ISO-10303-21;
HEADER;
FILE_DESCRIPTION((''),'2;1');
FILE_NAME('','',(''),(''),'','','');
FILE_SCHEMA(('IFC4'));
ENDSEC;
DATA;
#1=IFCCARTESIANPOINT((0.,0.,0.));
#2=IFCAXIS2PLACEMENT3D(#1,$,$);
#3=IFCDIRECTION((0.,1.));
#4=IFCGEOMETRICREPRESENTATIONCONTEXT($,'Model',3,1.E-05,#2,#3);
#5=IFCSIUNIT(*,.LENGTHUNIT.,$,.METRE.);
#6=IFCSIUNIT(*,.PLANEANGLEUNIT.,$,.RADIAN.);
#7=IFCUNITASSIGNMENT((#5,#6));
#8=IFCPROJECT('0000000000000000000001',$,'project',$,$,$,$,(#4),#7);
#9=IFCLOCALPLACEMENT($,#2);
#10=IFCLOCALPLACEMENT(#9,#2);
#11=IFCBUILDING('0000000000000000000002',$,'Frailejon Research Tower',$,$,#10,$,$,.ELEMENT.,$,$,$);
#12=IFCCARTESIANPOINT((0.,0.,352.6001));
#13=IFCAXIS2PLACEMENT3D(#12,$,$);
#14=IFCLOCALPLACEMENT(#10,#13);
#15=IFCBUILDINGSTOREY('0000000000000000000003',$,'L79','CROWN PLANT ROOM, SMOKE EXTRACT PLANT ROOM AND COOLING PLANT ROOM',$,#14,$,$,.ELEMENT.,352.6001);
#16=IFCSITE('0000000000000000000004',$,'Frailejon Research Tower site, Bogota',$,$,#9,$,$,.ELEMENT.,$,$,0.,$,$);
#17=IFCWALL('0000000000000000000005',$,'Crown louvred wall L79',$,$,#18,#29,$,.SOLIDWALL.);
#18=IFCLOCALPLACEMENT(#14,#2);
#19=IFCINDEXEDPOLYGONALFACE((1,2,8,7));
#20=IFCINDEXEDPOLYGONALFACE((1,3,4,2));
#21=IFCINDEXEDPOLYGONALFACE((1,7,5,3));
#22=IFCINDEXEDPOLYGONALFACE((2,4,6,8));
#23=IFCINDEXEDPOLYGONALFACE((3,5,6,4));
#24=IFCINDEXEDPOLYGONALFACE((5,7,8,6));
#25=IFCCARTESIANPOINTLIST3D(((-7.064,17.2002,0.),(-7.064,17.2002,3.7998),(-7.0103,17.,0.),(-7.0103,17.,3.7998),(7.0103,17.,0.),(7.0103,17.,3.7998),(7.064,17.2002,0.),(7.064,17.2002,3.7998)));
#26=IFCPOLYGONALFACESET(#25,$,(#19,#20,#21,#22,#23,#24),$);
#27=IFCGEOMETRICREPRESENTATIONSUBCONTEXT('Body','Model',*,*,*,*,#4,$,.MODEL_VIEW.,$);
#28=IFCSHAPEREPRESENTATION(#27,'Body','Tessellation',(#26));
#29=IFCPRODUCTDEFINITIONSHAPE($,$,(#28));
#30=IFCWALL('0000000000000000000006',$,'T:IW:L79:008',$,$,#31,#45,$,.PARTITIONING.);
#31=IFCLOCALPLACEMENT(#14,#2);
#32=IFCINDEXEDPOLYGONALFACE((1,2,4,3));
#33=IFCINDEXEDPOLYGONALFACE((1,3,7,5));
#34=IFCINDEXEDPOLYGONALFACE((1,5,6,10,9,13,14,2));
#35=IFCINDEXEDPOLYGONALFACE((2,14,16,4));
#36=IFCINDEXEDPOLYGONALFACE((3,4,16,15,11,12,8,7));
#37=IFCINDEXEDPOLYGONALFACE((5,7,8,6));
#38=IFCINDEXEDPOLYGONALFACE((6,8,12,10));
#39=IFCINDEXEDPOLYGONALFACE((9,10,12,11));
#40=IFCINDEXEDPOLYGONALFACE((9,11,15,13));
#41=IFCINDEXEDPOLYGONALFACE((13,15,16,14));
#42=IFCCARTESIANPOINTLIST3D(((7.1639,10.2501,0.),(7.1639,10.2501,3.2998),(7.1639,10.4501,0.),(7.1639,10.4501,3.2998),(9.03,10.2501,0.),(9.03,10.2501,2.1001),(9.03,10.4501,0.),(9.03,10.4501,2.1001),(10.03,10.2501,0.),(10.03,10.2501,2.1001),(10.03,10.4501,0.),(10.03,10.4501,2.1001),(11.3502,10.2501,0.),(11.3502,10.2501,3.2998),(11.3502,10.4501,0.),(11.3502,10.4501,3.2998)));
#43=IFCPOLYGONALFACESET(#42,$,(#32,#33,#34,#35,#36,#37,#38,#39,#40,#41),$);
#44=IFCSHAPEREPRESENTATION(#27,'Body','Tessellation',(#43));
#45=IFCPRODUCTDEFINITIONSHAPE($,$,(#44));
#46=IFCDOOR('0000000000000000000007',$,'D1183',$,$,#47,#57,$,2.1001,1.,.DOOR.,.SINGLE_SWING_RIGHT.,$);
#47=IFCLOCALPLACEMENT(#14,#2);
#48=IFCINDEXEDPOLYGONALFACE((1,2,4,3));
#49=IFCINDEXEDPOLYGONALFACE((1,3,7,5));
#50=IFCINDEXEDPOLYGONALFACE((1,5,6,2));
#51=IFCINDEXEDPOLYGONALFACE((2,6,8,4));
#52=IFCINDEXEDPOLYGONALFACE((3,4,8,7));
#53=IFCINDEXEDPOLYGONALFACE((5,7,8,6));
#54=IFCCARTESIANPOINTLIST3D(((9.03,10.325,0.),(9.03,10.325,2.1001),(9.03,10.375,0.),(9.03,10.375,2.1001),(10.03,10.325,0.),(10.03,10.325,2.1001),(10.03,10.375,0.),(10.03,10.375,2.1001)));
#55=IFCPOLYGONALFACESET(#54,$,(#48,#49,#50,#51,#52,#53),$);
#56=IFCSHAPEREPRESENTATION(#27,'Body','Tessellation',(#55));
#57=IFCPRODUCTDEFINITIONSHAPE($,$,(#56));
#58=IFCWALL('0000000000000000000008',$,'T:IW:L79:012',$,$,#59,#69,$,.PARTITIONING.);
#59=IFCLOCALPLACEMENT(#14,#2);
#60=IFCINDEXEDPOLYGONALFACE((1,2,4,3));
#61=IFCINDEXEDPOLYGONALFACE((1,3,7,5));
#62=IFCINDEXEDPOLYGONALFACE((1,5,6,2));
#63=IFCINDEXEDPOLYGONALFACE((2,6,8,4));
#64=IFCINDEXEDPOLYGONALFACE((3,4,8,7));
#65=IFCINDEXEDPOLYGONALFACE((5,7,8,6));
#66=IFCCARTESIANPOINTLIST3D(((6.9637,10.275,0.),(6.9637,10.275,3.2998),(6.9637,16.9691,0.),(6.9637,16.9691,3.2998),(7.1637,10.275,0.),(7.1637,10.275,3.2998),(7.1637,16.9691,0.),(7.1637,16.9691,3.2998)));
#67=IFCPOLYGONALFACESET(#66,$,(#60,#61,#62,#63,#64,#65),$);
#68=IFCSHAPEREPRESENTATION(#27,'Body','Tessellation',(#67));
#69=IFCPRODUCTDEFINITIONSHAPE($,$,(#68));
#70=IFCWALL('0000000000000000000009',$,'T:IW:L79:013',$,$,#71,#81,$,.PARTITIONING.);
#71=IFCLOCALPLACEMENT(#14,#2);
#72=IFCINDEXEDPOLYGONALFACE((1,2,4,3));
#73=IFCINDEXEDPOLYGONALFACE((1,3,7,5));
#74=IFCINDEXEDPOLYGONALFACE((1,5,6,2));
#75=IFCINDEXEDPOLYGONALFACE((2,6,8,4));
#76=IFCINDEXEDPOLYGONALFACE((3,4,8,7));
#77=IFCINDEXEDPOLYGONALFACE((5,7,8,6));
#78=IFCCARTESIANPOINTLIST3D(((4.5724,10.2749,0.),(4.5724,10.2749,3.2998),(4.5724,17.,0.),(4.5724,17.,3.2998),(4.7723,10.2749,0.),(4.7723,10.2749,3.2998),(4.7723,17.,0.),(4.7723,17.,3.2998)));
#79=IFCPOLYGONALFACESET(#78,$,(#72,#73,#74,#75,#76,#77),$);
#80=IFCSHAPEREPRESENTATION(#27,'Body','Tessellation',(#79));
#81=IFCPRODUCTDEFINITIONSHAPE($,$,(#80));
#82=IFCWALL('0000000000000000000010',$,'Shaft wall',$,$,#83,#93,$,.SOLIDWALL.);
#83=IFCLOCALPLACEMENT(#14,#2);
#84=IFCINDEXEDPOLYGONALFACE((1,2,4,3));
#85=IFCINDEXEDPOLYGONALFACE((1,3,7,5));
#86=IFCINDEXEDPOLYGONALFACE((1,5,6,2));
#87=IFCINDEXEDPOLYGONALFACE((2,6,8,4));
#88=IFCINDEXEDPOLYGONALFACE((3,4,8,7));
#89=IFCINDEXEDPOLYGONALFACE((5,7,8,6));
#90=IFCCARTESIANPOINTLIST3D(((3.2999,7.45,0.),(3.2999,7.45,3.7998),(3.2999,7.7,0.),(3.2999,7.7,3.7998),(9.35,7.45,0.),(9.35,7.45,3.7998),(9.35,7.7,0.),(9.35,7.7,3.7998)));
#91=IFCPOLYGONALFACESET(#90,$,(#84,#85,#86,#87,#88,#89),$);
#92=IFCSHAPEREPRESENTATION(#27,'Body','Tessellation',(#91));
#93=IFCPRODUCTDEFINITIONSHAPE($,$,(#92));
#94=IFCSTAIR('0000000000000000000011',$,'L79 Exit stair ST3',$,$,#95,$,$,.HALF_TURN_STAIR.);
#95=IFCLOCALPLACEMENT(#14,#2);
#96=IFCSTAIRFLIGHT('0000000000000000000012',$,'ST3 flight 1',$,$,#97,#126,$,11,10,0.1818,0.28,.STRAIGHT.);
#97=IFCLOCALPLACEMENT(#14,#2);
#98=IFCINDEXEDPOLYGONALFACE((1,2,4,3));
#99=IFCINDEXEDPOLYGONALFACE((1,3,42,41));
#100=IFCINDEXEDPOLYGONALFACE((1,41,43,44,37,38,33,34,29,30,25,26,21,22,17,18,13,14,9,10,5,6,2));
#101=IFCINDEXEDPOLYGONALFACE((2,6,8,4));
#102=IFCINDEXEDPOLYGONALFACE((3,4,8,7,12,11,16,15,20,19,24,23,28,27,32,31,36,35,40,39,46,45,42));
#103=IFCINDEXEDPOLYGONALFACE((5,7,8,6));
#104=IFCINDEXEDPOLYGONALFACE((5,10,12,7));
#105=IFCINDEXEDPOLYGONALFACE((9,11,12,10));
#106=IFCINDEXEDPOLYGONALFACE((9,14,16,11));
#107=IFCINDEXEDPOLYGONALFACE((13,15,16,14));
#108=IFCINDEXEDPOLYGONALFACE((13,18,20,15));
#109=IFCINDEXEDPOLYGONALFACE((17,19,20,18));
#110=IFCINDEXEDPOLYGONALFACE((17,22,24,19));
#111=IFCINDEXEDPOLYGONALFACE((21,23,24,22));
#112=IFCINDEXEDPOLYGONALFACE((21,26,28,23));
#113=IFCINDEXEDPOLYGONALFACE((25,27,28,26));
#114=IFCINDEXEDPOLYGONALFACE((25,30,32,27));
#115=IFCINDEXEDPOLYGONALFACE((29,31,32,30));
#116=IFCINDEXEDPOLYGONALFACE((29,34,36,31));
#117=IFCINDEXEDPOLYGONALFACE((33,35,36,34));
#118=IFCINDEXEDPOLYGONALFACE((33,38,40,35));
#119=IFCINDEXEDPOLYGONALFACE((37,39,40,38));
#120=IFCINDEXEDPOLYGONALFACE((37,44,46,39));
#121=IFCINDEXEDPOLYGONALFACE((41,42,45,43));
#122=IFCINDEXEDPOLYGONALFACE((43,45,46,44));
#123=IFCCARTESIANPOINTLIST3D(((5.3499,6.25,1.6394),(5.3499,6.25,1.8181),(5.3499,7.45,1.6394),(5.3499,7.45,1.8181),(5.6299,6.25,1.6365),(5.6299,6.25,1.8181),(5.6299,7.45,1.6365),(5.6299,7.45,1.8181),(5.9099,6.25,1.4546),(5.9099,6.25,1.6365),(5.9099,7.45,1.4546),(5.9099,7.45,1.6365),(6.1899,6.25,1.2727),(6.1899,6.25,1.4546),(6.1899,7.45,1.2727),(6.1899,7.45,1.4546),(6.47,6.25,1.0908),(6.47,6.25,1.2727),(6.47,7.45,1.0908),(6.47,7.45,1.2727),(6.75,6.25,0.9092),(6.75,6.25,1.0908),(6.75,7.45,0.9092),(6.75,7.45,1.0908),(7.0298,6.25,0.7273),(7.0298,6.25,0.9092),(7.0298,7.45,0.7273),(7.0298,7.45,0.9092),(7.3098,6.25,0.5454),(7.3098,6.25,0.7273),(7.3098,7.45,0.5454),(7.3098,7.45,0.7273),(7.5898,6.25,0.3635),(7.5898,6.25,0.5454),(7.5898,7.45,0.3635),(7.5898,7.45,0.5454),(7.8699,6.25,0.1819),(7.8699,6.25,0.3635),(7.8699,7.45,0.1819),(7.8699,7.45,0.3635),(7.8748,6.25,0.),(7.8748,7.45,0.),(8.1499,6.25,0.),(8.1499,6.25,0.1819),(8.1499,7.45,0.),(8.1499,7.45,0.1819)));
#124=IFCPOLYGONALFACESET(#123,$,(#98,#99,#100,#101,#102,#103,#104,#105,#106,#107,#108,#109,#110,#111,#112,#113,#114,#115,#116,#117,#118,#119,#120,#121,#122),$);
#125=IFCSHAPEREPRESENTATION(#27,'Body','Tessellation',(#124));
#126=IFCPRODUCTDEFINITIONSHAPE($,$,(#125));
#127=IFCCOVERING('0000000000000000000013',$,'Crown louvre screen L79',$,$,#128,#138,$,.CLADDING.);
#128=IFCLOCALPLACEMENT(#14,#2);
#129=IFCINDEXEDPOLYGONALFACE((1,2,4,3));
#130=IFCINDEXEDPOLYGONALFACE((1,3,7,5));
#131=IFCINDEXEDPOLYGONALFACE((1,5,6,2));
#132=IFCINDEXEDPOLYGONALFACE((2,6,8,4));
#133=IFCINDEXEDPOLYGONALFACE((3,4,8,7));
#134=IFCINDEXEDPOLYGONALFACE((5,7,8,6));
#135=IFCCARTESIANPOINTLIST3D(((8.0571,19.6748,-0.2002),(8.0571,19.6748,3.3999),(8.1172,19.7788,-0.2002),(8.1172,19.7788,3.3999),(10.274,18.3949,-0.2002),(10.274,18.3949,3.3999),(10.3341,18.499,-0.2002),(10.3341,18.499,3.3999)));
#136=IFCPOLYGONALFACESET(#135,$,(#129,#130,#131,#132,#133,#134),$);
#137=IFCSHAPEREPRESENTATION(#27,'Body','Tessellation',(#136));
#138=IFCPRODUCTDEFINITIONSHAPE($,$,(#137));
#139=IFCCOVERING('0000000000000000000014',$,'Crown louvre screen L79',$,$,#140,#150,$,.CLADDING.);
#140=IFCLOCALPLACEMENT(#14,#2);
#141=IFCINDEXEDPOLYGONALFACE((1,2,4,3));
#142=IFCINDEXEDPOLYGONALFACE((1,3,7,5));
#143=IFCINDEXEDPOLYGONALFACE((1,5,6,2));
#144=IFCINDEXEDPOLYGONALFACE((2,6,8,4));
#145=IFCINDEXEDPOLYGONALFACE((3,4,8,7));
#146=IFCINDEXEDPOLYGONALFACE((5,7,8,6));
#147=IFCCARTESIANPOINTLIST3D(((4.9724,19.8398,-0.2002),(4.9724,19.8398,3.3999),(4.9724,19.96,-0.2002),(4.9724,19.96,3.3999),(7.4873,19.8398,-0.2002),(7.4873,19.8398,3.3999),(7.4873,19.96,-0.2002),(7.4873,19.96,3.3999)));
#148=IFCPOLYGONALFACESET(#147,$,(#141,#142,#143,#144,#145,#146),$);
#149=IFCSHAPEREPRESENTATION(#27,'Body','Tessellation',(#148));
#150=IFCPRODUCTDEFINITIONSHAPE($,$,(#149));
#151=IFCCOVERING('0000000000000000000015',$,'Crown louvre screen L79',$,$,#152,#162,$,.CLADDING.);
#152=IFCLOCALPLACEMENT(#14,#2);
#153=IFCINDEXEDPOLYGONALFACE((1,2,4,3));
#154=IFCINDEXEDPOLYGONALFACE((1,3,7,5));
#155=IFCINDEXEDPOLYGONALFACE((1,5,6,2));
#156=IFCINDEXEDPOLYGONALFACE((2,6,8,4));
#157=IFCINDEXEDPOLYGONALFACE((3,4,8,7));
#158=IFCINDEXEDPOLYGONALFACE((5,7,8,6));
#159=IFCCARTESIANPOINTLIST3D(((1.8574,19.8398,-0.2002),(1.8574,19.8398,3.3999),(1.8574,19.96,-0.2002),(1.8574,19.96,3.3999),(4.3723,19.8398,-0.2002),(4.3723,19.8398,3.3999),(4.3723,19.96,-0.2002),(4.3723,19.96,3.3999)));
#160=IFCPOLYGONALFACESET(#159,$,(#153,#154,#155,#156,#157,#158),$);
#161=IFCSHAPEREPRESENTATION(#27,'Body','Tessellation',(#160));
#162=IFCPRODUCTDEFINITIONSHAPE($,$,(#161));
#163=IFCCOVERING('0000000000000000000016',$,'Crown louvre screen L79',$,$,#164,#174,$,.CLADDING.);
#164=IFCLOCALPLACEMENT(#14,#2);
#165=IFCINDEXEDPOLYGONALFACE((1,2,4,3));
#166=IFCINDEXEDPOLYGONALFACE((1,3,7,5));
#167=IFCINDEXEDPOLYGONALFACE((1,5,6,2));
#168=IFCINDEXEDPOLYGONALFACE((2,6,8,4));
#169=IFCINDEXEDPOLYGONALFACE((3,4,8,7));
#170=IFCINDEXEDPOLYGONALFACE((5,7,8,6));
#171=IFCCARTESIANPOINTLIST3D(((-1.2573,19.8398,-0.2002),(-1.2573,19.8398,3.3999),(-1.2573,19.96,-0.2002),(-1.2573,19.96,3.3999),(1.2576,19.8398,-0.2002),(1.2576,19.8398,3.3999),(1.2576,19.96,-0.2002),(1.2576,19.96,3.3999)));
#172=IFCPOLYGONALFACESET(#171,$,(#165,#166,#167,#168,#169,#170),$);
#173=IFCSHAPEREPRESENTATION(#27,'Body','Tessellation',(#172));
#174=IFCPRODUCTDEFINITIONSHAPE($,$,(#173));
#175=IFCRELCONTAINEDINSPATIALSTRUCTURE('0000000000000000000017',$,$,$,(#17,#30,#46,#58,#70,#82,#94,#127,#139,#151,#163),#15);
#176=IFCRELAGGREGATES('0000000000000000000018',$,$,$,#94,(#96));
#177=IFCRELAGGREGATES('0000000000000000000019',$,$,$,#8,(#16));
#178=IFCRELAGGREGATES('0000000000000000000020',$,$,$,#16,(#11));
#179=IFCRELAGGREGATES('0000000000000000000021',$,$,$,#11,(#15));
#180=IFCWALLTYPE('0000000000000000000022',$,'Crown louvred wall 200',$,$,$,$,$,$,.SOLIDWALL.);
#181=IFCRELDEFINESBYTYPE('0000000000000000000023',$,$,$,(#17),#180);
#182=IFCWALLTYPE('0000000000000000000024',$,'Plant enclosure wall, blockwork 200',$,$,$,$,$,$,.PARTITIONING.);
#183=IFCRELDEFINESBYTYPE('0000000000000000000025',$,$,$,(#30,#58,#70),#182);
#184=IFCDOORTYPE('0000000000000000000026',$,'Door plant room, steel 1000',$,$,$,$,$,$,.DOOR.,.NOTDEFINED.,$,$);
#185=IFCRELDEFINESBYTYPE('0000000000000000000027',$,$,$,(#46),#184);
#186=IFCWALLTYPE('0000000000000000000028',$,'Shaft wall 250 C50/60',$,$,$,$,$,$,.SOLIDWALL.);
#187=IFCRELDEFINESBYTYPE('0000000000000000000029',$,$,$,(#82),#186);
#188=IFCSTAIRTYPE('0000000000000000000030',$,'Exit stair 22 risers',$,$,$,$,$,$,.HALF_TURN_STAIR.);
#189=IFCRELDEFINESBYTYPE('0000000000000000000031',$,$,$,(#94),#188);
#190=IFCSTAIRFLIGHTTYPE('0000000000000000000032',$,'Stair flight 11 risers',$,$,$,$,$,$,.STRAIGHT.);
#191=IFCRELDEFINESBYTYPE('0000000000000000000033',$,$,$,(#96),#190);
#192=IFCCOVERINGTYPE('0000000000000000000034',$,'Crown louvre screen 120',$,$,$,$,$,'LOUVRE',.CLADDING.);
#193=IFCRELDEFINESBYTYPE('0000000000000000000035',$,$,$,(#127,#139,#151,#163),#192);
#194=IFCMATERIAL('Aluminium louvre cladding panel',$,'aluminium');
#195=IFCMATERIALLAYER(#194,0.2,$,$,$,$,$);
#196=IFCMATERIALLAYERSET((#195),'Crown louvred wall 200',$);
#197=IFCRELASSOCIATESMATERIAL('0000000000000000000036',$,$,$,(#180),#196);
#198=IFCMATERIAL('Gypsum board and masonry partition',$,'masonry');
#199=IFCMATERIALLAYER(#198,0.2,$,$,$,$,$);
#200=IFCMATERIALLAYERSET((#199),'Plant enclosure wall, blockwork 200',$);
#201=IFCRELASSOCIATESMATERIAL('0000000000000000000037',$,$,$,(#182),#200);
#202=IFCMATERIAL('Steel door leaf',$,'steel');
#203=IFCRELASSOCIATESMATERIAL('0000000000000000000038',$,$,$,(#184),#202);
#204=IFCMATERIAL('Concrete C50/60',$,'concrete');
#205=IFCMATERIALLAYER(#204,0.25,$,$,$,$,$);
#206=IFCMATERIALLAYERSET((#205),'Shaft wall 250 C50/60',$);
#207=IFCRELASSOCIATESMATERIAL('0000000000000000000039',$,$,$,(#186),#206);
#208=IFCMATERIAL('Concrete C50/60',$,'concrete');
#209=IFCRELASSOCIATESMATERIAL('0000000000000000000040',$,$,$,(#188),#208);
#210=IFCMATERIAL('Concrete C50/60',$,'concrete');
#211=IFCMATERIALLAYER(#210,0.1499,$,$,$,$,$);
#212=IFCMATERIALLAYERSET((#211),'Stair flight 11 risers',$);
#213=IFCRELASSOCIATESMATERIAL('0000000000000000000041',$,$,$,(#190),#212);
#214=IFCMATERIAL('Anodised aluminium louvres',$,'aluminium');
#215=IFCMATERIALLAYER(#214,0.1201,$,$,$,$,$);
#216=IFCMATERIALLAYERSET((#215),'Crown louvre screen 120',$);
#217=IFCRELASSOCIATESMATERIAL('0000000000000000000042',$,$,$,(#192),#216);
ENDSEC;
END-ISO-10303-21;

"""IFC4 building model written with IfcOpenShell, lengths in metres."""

from ifc_helpers import new_model, si_unit, direction, frame, frame_2d, origin, place, context, subcontext, project, spatial, polyline, rectangle, outline, extrude, material, layer, layer_set, type_object, element, fill, aggregate, save


model = new_model("IFC4")

# Units and contexts
model_context = context("Model", 3, precision=1e-05, world=origin(), true_north=direction((0.0, 1.0)))
body_context = subcontext(model_context, "Body", "Model", "MODEL_VIEW")
ifc_project = project(units=[si_unit("LENGTHUNIT", "METRE"), si_unit("PLANEANGLEUNIT", "RADIAN")], contexts=[model_context])

# Site, building, storey
site_placement = place(None, origin())
site = spatial("IfcSite", under=ifc_project, at=site_placement, Name="Frailejon Research Tower site, Bogota", CompositionType="ELEMENT", RefElevation=0.0)
building_placement = place(site_placement, origin())
building = spatial("IfcBuilding", under=site, at=building_placement, Name="Frailejon Research Tower", CompositionType="ELEMENT")
storey_placement = place(building_placement, frame((0.0, 0.0, 352.6001)))
storey = spatial("IfcBuildingStorey", under=building, at=storey_placement, Name="L79", Description="CROWN PLANT ROOM, SMOKE EXTRACT PLANT ROOM AND COOLING PLANT ROOM", CompositionType="ELEMENT", Elevation=352.6001)

# Wall
ifc_material_1 = material(Name="Aluminium louvre cladding panel", Category="aluminium")
ifc_layer_1 = layer(ifc_material_1, 0.2)
ifc_layer_set_1 = layer_set([ifc_layer_1], Name="Crown louvred wall 200")
wall_type_1 = type_object("IfcWallType", Name="Crown louvred wall 200", PredefinedType="SOLIDWALL", material=ifc_layer_set_1)
wall_1_placement = place(storey_placement, frame((7.0371, 17.1001, 0.0), z_axis=(0.0, 0.0, 1.0), x_axis=(-1.0, 0.0, 0.0)))
element("IfcWall", 1, at=wall_1_placement, inside=storey, type_object=wall_type_1, Name="Crown louvred wall L79", PredefinedType="SOLIDWALL", context=body_context, shape_type="SweptSolid", body=[
    extrude(outline(polyline([(-0.0269, -0.1001), (14.1011, -0.1001), (14.0474, 0.1001), (0.0269, 0.1001), (-0.0269, -0.1001)])), origin(), (0.0, 0.0, 1.0), 3.7998),
])

# Wall, opening, door
ifc_material_2 = material(Name="Gypsum board and masonry partition", Category="masonry")
ifc_layer_2 = layer(ifc_material_2, 0.2)
ifc_layer_set_2 = layer_set([ifc_layer_2], Name="Plant enclosure wall, blockwork 200")
wall_type_2 = type_object("IfcWallType", Name="Plant enclosure wall, blockwork 200", PredefinedType="PARTITIONING", material=ifc_layer_set_2)
wall_2_placement = place(storey_placement, frame((7.1638, 10.3501, 0.0), z_axis=(0.0, 0.0, 1.0), x_axis=(1.0, 0.0, 0.0)))
wall_2 = element("IfcWall", 2, at=wall_2_placement, inside=storey, type_object=wall_type_2, Name="T:IW:L79:008", PredefinedType="PARTITIONING", context=body_context, shape_type="SweptSolid", body=[
    extrude(rectangle(XDim=4.1863, YDim=0.2, at=frame_2d((2.0933, 0.0))), origin(), (0.0, 0.0, 1.0), 3.2998),
])
opening_1_placement = place(wall_2_placement, frame((1.8662, 0.0, 0.0)))
opening_1 = element("IfcOpeningElement", 3, at=opening_1_placement, cuts=wall_2, PredefinedType="OPENING", context=body_context, shape_type="SweptSolid", body=[
    extrude(rectangle(XDim=1.0, YDim=2.1001, at=frame_2d((0.5, 1.05))), frame((0.0, 0.1099, 0.0), z_axis=(0.0, -1.0, 0.0), x_axis=(1.0, 0.0, 0.0)), (0.0, 0.0, 1.0), 0.22),
])
ifc_material_3 = material(Name="Steel door leaf", Category="steel")
door_type_1 = type_object("IfcDoorType", Name="Door plant room, steel 1000", OperationType="NOTDEFINED", PredefinedType="DOOR", material=ifc_material_3)
door_1_placement = place(opening_1_placement, origin())
door_1 = element("IfcDoor", 4, at=door_1_placement, inside=storey, type_object=door_type_1, Name="D1183", OperationType="SINGLE_SWING_RIGHT", OverallHeight=2.1001, OverallWidth=1.0, PredefinedType="DOOR", context=body_context, shape_type="SweptSolid", body=[
    extrude(rectangle(XDim=1.0, YDim=2.1001, at=frame_2d((0.5, 1.05))), frame((0.0, 0.0249, 0.0), z_axis=(0.0, -1.0, 0.0), x_axis=(1.0, 0.0, 0.0)), (0.0, 0.0, 1.0), 0.05),
])
fill(opening_1, door_1)

# Walls
wall_3_placement = place(storey_placement, frame((7.0637, 10.2749, 0.0), z_axis=(0.0, 0.0, 1.0), x_axis=(0.0, 1.0, 0.0)))
element("IfcWall", 5, at=wall_3_placement, inside=storey, type_object=wall_type_2, Name="T:IW:L79:012", PredefinedType="PARTITIONING", context=body_context, shape_type="SweptSolid", body=[
    extrude(rectangle(XDim=6.6941, YDim=0.2, at=frame_2d((3.3472, 0.0))), origin(), (0.0, 0.0, 1.0), 3.2998),
])
wall_4_placement = place(storey_placement, frame((4.6724, 10.2749, 0.0), z_axis=(0.0, 0.0, 1.0), x_axis=(0.0, 1.0, 0.0)))
element("IfcWall", 6, at=wall_4_placement, inside=storey, type_object=wall_type_2, Name="T:IW:L79:013", PredefinedType="PARTITIONING", context=body_context, shape_type="SweptSolid", body=[
    extrude(rectangle(XDim=6.7251, YDim=0.2, at=frame_2d((3.3625, 0.0))), origin(), (0.0, 0.0, 1.0), 3.2998),
])
ifc_material_4 = material(Name="Concrete C50/60", Category="concrete")
ifc_layer_3 = layer(ifc_material_4, 0.25)
ifc_layer_set_3 = layer_set([ifc_layer_3], Name="Shaft wall 250 C50/60")
wall_type_3 = type_object("IfcWallType", Name="Shaft wall 250 C50/60", PredefinedType="SOLIDWALL", material=ifc_layer_set_3)
wall_5_placement = place(storey_placement, frame((3.3, 7.575, 0.0), z_axis=(0.0, 0.0, 1.0), x_axis=(1.0, 0.0, 0.0)))
element("IfcWall", 7, at=wall_5_placement, inside=storey, type_object=wall_type_3, Name="Shaft wall", PredefinedType="SOLIDWALL", context=body_context, shape_type="SweptSolid", body=[
    extrude(rectangle(XDim=6.05, YDim=0.25, at=frame_2d((3.0249, 0.0))), origin(), (0.0, 0.0, 1.0), 3.7998),
])

# Stair, stair flight
ifc_material_5 = material(Name="Concrete C50/60", Category="concrete")
stair_type = type_object("IfcStairType", Name="Exit stair 22 risers", PredefinedType="HALF_TURN_STAIR", material=ifc_material_5)
stair_placement = place(storey_placement, origin())
stair = element("IfcStair", 8, at=stair_placement, inside=storey, type_object=stair_type, Name="L79 Exit stair ST3", PredefinedType="HALF_TURN_STAIR")
ifc_material_6 = material(Name="Concrete C50/60", Category="concrete")
ifc_layer_4 = layer(ifc_material_6, 0.1499)
ifc_layer_set_4 = layer_set([ifc_layer_4], Name="Stair flight 11 risers")
stair_flight_type = type_object("IfcStairFlightType", Name="Stair flight 11 risers", PredefinedType="STRAIGHT", material=ifc_layer_set_4)
stair_flight_placement = place(storey_placement, frame((8.1499, 6.8501, 0.0), z_axis=(0.0, 0.0, 1.0), x_axis=(-1.0, 0.0, 0.0)))
stair_flight = element("IfcStairFlight", 9, at=stair_flight_placement, type_object=stair_flight_type, Name="ST3 flight 1", NumberOfRisers=11, NumberOfTreads=10, PredefinedType="STRAIGHT", RiserHeight=0.1818, TreadLength=0.28, context=body_context, shape_type="SweptSolid", body=[
    extrude(outline(polyline([(0.0, 0.0), (0.0, 0.1819), (0.28, 0.1819), (0.28, 0.3635), (0.5601, 0.3635), (0.5601, 0.5454), (0.8401, 0.5454), (0.8401, 0.7273), (1.1201, 0.7273), (1.1201, 0.9092), (1.3999, 0.9092), (1.3999, 1.0908), (1.6799, 1.0908), (1.6799, 1.2727), (1.96, 1.2727), (1.96, 1.4546), (2.24, 1.4546), (2.24, 1.6365), (2.52, 1.6365), (2.52, 1.8181), (2.8, 1.8181), (2.8, 2.0), (2.8, 1.6394), (0.2751, 0.0), (0.0, 0.0)])), frame((0.0, 0.6001, 0.0), z_axis=(0.0, -1.0, 0.0), x_axis=(1.0, 0.0, 0.0)), (0.0, 0.0, 1.0), 1.2),
])
aggregate(stair, [stair_flight])

# Coverings
ifc_material_7 = material(Name="Anodised aluminium louvres", Category="aluminium")
ifc_layer_5 = layer(ifc_material_7, 0.1201)
ifc_layer_set_5 = layer_set([ifc_layer_5], Name="Crown louvre screen 120")
covering_type = type_object("IfcCoveringType", Name="Crown louvre screen 120", ElementType="LOUVRE", PredefinedType="CLADDING", material=ifc_layer_set_5)
covering_placement = place(storey_placement, frame((8.0872, 19.7268, -0.2002), z_axis=(0.866037, -0.499979, 0.0), x_axis=(0.499979, 0.866037, 0.0)))
element("IfcCovering", 10, at=covering_placement, inside=storey, type_object=covering_type, Name="Crown louvre screen L79", PredefinedType="CLADDING", context=body_context, shape_type="SweptSolid", body=[
    extrude(outline(polyline([(-0.0601, 0.0), (0.0601, 0.0), (0.0601, 3.6001), (-0.0601, 3.6001), (-0.0601, 0.0)])), origin(), (0.0, 0.0, 1.0), 2.5598),
])
for number, where, z_axis, x_axis, name in (
    (11, (4.9724, 19.8999, -0.2002), (1.0, 0.0, 0.0), (0.0, 1.0, 0.0), "Crown louvre screen L79"),
    (12, (1.8574, 19.8999, -0.2002), (1.0, 0.0, 0.0), (0.0, 1.0, 0.0), "Crown louvre screen L79"),
    (13, (-1.2573, 19.8999, -0.2002), (1.0, 0.0, 0.0), (0.0, 1.0, 0.0), "Crown louvre screen L79"),
):
    element("IfcCovering", number, at=place(storey_placement, frame(where, z_axis=z_axis, x_axis=x_axis)), inside=storey, type_object=covering_type, Name=name, PredefinedType="CLADDING", context=body_context, shape_type="SweptSolid", body=[
        extrude(outline(polyline([(-0.0601, 0.0), (0.0601, 0.0), (0.0601, 3.6001), (-0.0601, 3.6001), (-0.0601, 0.0)])), origin(), (0.0, 0.0, 1.0), 2.5149),
    ])

save(model, "model.ifc")
